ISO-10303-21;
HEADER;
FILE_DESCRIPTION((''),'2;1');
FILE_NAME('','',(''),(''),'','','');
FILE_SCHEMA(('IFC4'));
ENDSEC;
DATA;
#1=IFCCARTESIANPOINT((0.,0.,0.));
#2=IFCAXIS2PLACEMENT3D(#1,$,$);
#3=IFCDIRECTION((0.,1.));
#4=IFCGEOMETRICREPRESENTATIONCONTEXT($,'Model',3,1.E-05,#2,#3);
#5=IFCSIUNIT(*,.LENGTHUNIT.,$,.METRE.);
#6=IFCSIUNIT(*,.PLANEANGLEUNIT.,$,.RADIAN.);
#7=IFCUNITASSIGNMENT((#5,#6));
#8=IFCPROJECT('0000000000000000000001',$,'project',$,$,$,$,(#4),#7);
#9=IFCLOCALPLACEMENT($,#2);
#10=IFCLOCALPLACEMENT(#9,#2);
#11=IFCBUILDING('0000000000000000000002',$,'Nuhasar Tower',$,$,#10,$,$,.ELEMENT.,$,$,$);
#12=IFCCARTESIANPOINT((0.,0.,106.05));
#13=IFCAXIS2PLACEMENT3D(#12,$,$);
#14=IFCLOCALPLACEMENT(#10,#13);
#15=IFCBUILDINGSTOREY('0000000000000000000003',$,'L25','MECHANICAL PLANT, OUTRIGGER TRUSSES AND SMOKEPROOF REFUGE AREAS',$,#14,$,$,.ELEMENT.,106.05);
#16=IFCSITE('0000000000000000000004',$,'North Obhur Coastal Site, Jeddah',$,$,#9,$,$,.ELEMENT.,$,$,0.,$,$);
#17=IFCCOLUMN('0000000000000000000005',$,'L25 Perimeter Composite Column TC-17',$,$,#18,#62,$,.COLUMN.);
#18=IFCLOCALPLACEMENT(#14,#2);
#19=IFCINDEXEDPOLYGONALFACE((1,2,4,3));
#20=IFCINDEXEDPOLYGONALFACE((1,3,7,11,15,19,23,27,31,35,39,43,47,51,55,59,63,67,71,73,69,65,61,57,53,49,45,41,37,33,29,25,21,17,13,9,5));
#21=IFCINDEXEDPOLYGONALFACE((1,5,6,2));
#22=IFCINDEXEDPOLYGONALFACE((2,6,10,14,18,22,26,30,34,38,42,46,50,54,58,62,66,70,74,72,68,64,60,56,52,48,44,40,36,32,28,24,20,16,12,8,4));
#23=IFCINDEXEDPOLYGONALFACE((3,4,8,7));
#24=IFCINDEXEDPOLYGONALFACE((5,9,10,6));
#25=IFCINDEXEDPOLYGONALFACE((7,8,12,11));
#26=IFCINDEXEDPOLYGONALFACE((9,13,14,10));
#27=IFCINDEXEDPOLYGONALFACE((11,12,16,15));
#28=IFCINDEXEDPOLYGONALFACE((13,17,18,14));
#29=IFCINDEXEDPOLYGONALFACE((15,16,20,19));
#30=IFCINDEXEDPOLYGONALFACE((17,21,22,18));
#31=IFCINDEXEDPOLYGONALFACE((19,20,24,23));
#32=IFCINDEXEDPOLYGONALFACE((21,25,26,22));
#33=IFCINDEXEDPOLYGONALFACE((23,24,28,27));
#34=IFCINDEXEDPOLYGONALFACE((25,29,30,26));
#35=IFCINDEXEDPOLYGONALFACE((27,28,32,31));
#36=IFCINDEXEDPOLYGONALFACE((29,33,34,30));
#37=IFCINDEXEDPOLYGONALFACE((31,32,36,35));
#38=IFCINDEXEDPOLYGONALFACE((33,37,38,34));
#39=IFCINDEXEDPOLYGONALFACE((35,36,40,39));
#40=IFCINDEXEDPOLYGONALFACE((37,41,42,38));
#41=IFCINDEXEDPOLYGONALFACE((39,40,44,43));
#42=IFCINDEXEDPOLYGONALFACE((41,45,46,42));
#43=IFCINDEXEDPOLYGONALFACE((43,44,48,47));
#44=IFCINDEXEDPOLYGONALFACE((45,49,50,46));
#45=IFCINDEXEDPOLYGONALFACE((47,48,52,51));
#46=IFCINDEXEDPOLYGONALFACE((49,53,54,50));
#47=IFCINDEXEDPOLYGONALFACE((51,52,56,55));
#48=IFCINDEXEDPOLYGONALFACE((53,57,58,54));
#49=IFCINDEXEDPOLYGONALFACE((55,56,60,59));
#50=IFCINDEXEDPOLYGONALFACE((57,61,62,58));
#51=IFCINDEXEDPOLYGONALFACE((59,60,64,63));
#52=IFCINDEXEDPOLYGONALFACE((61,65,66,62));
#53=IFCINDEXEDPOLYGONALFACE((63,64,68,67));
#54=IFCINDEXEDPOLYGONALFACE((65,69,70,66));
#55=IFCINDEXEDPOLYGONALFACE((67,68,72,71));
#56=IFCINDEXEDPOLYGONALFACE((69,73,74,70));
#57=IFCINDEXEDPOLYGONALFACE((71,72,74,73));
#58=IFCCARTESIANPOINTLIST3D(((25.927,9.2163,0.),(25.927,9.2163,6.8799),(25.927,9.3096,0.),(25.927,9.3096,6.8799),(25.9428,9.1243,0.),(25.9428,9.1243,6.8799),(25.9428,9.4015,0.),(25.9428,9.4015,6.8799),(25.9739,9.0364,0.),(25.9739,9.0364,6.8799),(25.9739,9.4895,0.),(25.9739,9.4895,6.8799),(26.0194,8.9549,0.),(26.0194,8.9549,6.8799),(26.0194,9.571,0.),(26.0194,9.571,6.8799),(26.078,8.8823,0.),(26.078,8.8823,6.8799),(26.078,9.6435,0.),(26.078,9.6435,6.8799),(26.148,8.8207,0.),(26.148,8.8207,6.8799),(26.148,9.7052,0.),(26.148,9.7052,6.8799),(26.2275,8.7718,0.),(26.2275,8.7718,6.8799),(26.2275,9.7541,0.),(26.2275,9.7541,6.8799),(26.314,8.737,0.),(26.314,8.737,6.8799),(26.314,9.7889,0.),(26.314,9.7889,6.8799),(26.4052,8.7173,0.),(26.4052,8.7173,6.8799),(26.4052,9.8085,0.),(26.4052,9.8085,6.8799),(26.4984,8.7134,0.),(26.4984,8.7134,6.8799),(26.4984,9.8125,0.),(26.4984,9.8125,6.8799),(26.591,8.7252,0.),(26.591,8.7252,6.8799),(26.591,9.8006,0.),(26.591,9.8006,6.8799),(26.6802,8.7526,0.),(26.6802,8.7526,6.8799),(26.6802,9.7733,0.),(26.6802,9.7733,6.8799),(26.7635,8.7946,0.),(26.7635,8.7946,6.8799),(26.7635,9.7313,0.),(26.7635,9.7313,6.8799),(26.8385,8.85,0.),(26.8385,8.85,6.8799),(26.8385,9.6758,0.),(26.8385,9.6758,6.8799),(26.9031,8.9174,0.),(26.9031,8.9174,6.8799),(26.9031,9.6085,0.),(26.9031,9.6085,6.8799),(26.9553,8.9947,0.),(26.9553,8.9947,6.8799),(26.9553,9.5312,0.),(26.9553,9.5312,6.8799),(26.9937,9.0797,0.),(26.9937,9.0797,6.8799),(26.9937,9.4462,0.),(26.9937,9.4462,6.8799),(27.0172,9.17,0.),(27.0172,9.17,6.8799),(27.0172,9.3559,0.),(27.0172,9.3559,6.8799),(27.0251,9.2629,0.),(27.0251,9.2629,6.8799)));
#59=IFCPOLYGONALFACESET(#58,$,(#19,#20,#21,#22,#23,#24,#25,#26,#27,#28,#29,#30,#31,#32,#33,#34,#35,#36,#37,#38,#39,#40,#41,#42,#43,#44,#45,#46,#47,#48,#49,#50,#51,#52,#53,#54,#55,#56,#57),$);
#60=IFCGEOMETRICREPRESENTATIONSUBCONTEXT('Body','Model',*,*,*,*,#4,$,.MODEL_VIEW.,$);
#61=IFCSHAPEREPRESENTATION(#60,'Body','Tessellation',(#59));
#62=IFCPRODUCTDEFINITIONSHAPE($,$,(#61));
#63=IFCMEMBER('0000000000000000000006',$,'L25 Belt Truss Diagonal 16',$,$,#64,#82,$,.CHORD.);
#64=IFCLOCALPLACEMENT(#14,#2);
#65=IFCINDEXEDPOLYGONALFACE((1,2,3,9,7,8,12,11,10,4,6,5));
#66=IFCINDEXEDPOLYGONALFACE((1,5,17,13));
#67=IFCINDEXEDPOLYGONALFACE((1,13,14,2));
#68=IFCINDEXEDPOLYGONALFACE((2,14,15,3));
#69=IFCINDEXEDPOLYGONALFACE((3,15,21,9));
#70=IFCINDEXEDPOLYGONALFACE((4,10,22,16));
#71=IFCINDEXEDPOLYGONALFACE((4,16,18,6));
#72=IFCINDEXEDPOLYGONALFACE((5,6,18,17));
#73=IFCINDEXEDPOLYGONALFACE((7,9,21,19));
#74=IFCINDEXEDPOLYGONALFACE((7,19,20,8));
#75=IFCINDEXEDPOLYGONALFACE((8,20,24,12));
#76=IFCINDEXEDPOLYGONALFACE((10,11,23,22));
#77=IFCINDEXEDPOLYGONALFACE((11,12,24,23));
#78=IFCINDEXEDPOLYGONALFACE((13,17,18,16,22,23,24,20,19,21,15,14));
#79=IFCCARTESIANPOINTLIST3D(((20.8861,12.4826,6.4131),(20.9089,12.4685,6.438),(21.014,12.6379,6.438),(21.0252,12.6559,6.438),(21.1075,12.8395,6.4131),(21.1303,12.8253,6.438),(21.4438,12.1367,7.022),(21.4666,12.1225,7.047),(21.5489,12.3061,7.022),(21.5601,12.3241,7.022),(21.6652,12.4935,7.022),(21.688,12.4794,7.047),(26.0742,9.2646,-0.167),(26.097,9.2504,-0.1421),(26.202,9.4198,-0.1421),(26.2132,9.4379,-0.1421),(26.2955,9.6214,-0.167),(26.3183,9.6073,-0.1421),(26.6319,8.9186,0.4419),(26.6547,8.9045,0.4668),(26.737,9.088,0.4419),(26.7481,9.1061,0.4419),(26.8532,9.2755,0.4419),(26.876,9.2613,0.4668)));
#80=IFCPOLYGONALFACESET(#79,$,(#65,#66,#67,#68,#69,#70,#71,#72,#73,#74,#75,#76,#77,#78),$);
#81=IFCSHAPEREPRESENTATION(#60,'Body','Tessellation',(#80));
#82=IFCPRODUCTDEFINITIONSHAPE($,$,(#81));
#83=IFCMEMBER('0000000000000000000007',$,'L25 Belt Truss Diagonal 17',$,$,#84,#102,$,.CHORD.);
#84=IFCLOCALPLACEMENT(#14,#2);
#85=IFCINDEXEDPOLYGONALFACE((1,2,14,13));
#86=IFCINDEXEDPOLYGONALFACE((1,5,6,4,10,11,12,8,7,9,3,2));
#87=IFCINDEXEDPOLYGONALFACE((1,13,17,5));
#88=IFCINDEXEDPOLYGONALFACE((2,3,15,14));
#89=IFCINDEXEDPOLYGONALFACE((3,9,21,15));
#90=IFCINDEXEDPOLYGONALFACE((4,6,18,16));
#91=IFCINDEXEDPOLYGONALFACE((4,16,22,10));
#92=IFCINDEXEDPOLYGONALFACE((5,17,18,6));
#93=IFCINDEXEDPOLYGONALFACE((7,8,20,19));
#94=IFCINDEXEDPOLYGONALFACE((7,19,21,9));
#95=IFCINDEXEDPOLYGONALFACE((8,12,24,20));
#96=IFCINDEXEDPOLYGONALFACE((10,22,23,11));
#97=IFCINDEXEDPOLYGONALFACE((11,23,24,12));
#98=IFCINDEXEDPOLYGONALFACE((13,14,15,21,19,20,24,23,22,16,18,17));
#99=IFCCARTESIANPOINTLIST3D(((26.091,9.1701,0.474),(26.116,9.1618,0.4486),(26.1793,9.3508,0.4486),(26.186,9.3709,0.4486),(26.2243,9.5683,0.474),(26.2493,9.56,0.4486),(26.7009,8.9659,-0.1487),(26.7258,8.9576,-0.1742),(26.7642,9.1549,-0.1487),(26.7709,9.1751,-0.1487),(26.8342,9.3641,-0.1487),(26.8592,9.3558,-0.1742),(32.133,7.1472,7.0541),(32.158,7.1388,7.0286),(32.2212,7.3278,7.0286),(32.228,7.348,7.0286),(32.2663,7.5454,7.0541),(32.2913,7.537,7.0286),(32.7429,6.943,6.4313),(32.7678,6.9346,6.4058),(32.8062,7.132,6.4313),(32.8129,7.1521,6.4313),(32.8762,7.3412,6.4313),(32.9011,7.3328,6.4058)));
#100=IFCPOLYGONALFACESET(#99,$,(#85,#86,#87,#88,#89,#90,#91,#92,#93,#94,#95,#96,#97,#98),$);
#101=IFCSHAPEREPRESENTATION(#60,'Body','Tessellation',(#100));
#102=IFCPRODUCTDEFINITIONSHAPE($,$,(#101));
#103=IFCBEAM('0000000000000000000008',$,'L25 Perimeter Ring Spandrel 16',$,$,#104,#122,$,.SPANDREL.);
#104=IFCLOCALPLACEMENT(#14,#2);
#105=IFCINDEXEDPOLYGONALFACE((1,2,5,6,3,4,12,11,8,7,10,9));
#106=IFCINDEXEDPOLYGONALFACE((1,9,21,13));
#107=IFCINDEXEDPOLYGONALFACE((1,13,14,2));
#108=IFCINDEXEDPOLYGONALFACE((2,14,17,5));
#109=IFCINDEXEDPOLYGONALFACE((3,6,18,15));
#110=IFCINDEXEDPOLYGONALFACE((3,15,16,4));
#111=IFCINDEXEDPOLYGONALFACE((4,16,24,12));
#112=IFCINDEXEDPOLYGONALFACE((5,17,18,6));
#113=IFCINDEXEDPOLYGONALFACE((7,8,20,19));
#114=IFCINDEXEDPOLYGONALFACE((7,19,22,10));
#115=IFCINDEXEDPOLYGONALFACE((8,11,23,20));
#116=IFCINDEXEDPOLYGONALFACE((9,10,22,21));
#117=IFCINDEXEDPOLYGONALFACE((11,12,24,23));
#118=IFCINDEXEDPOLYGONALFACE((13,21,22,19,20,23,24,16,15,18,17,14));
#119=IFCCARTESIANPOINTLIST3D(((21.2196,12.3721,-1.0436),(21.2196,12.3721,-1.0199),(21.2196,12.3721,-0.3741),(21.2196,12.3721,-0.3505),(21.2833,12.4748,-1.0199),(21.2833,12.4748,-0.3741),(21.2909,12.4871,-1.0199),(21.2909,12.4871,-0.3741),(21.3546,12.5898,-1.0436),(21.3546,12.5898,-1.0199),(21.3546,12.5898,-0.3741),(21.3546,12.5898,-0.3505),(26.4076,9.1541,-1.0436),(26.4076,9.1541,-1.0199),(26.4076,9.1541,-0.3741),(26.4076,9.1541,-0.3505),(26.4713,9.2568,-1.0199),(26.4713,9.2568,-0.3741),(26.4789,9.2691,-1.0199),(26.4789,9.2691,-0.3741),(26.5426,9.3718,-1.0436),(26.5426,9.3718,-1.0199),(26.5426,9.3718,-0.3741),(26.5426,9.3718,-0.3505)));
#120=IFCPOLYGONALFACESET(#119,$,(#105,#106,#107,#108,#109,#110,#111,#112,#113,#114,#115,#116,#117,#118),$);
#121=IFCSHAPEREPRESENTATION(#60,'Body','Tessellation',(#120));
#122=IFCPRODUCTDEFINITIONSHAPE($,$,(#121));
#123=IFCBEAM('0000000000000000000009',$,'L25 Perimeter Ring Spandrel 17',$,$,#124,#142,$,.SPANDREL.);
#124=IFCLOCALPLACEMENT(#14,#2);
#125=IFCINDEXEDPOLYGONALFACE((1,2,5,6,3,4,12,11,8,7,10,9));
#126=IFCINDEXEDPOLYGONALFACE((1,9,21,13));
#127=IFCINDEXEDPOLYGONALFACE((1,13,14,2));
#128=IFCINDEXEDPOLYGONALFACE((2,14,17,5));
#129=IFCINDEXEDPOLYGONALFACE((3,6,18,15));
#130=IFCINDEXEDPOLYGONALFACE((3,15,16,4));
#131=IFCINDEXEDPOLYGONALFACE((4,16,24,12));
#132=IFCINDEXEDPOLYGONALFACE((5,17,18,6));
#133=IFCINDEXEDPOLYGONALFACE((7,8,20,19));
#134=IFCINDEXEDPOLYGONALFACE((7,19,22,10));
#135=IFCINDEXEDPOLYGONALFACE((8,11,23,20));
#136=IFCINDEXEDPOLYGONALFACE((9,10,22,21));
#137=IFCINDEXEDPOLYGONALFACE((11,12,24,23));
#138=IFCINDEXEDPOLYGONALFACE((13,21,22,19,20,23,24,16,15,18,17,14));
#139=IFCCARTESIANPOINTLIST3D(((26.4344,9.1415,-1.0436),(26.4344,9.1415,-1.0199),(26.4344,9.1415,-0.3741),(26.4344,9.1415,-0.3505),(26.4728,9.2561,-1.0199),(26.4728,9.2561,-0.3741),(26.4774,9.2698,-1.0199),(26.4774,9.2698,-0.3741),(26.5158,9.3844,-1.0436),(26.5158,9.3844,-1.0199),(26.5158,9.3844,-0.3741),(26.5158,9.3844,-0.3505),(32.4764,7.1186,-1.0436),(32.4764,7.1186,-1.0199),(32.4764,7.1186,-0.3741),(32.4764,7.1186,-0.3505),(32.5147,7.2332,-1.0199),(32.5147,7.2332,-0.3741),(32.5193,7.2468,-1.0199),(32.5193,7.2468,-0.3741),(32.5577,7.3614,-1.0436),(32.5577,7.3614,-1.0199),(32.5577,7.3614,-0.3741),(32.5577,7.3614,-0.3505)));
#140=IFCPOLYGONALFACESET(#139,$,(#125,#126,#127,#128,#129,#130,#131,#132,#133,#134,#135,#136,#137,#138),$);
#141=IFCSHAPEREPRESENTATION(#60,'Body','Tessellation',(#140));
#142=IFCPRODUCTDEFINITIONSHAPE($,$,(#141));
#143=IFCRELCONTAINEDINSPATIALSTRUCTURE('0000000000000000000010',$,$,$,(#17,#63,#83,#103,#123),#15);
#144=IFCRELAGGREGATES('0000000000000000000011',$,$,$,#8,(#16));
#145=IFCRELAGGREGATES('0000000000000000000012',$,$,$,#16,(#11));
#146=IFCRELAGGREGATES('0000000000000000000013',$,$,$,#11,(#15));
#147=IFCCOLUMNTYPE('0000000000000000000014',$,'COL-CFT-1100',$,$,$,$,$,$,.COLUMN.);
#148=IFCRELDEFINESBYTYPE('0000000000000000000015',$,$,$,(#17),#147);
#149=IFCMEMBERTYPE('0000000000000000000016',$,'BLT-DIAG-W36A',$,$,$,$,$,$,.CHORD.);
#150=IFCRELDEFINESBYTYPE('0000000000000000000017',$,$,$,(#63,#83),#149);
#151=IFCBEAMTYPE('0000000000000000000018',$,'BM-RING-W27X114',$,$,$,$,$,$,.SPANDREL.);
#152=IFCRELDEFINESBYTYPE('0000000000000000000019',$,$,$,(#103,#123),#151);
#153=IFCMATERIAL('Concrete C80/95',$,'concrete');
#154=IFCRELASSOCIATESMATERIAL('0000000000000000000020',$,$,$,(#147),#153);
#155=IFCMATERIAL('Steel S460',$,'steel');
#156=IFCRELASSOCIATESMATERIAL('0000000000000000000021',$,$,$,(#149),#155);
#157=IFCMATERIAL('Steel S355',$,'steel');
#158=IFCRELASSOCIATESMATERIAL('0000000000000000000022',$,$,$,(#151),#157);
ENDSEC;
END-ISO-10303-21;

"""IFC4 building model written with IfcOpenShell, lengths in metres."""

from ifc_helpers import new_model, si_unit, direction, frame, origin, origin_2d, place, context, subcontext, project, spatial, circle, i_section, extrude, material, material_profile, profile_set, type_object, element, save


model = new_model("IFC4")

# Units and contexts
model_context = context("Model", 3, precision=1e-05, world=origin(), true_north=direction((0.0, 1.0)))
body_context = subcontext(model_context, "Body", "Model", "MODEL_VIEW")
ifc_project = project(units=[si_unit("LENGTHUNIT", "METRE"), si_unit("PLANEANGLEUNIT", "RADIAN")], contexts=[model_context])

# Site, building, storey
site_placement = place(None, origin())
site = spatial("IfcSite", under=ifc_project, at=site_placement, Name="North Obhur Coastal Site, Jeddah", CompositionType="ELEMENT", RefElevation=0.0)
building_placement = place(site_placement, origin())
building = spatial("IfcBuilding", under=site, at=building_placement, Name="Nuhasar Tower", CompositionType="ELEMENT")
storey_placement = place(building_placement, frame((0.0, 0.0, 106.05)))
storey = spatial("IfcBuildingStorey", under=building, at=storey_placement, Name="L25", Description="MECHANICAL PLANT, OUTRIGGER TRUSSES AND SMOKEPROOF REFUGE AREAS", CompositionType="ELEMENT", Elevation=106.05)

# Column
ifc_material_1 = material(Name="Concrete C80/95", Category="concrete")
ifc_material_profile_1 = material_profile(ifc_material_1, circle(Radius=0.55, at=origin_2d()), Name="CFT1100")
ifc_profile_set_1 = profile_set([ifc_material_profile_1], Name="Concrete C80/95")
column_type = type_object("IfcColumnType", Name="COL-CFT-1100", PredefinedType="COLUMN", material=ifc_profile_set_1)
column_placement = place(storey_placement, frame((26.4751, 9.2629, 0.0), z_axis=(0.0, 0.0, 1.0), x_axis=(1.0, 0.0, 0.0)))
element("IfcColumn", 1, at=column_placement, inside=storey, type_object=column_type, Name="L25 Perimeter Composite Column TC-17", PredefinedType="COLUMN", context=body_context, shape_type="SweptSolid", body=[
    extrude(circle(Radius=0.55, at=origin_2d()), origin(), (0.0, 0.0, 1.0), 6.8799),
])

# Members
ifc_material_2 = material(Name="Steel S460", Category="steel")
ifc_material_profile_2 = material_profile(ifc_material_2, i_section(OverallWidth=0.4199, OverallDepth=0.9319, WebThickness=0.0212, FlangeThickness=0.0366, at=origin_2d()), Name="W36X262")
ifc_profile_set_2 = profile_set([ifc_material_profile_2], Name="Steel S460")
member_type_1 = type_object("IfcMemberType", Name="BLT-DIAG-W36A", PredefinedType="CHORD", material=ifc_profile_set_2)
member_1_placement = place(storey_placement, frame((26.4751, 9.2629, 0.1499), z_axis=(-0.577985, 0.358514, 0.733076), x_axis=(-0.527113, -0.849795, 0.0)))
element("IfcMember", 2, at=member_1_placement, inside=storey, type_object=member_type_1, Name="L25 Belt Truss Diagonal 16", PredefinedType="CHORD", context=body_context, shape_type="SweptSolid", body=[
    extrude(i_section(OverallWidth=0.4199, OverallDepth=0.9319, WebThickness=0.0212, FlangeThickness=0.0366, at=origin_2d()), origin(), (0.0, 0.0, 1.0), 8.9761),
])
member_2_placement = place(storey_placement, frame((26.4751, 9.2629, 0.1499), z_axis=(0.659646, -0.220859, 0.718393), x_axis=(0.317492, 0.948261, 0.0)))
element("IfcMember", 3, at=member_2_placement, inside=storey, type_object=member_type_1, Name="L25 Belt Truss Diagonal 17", PredefinedType="CHORD", context=body_context, shape_type="SweptSolid", body=[
    extrude(i_section(OverallWidth=0.4199, OverallDepth=0.9319, WebThickness=0.0212, FlangeThickness=0.0366, at=origin_2d()), origin(), (0.0, 0.0, 1.0), 9.1594),
])

# Beams
ifc_material_3 = material(Name="Steel S355", Category="steel")
ifc_material_profile_3 = material_profile(ifc_material_3, i_section(OverallWidth=0.2561, OverallDepth=0.6931, WebThickness=0.0144, FlangeThickness=0.0237, at=origin_2d()), Name="W27X114")
ifc_profile_set_3 = profile_set([ifc_material_profile_3], Name="Steel S355")
beam_type = type_object("IfcBeamType", Name="BM-RING-W27X114", PredefinedType="SPANDREL", material=ifc_profile_set_3)
beam_1_placement = place(storey_placement, frame((21.2871, 12.481, -0.697), z_axis=(0.849795, -0.527113, 0.0), x_axis=(0.527113, 0.849795, 0.0)))
element("IfcBeam", 4, at=beam_1_placement, inside=storey, type_object=beam_type, Name="L25 Perimeter Ring Spandrel 16", PredefinedType="SPANDREL", context=body_context, shape_type="SweptSolid", body=[
    extrude(i_section(OverallWidth=0.2561, OverallDepth=0.6931, WebThickness=0.0144, FlangeThickness=0.0237, at=origin_2d()), origin(), (0.0, 0.0, 1.0), 6.105),
])
beam_2_placement = place(storey_placement, frame((26.4751, 9.2629, -0.697), z_axis=(0.948261, -0.317492, 0.0), x_axis=(0.317492, 0.948261, 0.0)))
element("IfcBeam", 5, at=beam_2_placement, inside=storey, type_object=beam_type, Name="L25 Perimeter Ring Spandrel 17", PredefinedType="SPANDREL", context=body_context, shape_type="SweptSolid", body=[
    extrude(i_section(OverallWidth=0.2561, OverallDepth=0.6931, WebThickness=0.0144, FlangeThickness=0.0237, at=origin_2d()), origin(), (0.0, 0.0, 1.0), 6.3716),
])

save(model, "model.ifc")
